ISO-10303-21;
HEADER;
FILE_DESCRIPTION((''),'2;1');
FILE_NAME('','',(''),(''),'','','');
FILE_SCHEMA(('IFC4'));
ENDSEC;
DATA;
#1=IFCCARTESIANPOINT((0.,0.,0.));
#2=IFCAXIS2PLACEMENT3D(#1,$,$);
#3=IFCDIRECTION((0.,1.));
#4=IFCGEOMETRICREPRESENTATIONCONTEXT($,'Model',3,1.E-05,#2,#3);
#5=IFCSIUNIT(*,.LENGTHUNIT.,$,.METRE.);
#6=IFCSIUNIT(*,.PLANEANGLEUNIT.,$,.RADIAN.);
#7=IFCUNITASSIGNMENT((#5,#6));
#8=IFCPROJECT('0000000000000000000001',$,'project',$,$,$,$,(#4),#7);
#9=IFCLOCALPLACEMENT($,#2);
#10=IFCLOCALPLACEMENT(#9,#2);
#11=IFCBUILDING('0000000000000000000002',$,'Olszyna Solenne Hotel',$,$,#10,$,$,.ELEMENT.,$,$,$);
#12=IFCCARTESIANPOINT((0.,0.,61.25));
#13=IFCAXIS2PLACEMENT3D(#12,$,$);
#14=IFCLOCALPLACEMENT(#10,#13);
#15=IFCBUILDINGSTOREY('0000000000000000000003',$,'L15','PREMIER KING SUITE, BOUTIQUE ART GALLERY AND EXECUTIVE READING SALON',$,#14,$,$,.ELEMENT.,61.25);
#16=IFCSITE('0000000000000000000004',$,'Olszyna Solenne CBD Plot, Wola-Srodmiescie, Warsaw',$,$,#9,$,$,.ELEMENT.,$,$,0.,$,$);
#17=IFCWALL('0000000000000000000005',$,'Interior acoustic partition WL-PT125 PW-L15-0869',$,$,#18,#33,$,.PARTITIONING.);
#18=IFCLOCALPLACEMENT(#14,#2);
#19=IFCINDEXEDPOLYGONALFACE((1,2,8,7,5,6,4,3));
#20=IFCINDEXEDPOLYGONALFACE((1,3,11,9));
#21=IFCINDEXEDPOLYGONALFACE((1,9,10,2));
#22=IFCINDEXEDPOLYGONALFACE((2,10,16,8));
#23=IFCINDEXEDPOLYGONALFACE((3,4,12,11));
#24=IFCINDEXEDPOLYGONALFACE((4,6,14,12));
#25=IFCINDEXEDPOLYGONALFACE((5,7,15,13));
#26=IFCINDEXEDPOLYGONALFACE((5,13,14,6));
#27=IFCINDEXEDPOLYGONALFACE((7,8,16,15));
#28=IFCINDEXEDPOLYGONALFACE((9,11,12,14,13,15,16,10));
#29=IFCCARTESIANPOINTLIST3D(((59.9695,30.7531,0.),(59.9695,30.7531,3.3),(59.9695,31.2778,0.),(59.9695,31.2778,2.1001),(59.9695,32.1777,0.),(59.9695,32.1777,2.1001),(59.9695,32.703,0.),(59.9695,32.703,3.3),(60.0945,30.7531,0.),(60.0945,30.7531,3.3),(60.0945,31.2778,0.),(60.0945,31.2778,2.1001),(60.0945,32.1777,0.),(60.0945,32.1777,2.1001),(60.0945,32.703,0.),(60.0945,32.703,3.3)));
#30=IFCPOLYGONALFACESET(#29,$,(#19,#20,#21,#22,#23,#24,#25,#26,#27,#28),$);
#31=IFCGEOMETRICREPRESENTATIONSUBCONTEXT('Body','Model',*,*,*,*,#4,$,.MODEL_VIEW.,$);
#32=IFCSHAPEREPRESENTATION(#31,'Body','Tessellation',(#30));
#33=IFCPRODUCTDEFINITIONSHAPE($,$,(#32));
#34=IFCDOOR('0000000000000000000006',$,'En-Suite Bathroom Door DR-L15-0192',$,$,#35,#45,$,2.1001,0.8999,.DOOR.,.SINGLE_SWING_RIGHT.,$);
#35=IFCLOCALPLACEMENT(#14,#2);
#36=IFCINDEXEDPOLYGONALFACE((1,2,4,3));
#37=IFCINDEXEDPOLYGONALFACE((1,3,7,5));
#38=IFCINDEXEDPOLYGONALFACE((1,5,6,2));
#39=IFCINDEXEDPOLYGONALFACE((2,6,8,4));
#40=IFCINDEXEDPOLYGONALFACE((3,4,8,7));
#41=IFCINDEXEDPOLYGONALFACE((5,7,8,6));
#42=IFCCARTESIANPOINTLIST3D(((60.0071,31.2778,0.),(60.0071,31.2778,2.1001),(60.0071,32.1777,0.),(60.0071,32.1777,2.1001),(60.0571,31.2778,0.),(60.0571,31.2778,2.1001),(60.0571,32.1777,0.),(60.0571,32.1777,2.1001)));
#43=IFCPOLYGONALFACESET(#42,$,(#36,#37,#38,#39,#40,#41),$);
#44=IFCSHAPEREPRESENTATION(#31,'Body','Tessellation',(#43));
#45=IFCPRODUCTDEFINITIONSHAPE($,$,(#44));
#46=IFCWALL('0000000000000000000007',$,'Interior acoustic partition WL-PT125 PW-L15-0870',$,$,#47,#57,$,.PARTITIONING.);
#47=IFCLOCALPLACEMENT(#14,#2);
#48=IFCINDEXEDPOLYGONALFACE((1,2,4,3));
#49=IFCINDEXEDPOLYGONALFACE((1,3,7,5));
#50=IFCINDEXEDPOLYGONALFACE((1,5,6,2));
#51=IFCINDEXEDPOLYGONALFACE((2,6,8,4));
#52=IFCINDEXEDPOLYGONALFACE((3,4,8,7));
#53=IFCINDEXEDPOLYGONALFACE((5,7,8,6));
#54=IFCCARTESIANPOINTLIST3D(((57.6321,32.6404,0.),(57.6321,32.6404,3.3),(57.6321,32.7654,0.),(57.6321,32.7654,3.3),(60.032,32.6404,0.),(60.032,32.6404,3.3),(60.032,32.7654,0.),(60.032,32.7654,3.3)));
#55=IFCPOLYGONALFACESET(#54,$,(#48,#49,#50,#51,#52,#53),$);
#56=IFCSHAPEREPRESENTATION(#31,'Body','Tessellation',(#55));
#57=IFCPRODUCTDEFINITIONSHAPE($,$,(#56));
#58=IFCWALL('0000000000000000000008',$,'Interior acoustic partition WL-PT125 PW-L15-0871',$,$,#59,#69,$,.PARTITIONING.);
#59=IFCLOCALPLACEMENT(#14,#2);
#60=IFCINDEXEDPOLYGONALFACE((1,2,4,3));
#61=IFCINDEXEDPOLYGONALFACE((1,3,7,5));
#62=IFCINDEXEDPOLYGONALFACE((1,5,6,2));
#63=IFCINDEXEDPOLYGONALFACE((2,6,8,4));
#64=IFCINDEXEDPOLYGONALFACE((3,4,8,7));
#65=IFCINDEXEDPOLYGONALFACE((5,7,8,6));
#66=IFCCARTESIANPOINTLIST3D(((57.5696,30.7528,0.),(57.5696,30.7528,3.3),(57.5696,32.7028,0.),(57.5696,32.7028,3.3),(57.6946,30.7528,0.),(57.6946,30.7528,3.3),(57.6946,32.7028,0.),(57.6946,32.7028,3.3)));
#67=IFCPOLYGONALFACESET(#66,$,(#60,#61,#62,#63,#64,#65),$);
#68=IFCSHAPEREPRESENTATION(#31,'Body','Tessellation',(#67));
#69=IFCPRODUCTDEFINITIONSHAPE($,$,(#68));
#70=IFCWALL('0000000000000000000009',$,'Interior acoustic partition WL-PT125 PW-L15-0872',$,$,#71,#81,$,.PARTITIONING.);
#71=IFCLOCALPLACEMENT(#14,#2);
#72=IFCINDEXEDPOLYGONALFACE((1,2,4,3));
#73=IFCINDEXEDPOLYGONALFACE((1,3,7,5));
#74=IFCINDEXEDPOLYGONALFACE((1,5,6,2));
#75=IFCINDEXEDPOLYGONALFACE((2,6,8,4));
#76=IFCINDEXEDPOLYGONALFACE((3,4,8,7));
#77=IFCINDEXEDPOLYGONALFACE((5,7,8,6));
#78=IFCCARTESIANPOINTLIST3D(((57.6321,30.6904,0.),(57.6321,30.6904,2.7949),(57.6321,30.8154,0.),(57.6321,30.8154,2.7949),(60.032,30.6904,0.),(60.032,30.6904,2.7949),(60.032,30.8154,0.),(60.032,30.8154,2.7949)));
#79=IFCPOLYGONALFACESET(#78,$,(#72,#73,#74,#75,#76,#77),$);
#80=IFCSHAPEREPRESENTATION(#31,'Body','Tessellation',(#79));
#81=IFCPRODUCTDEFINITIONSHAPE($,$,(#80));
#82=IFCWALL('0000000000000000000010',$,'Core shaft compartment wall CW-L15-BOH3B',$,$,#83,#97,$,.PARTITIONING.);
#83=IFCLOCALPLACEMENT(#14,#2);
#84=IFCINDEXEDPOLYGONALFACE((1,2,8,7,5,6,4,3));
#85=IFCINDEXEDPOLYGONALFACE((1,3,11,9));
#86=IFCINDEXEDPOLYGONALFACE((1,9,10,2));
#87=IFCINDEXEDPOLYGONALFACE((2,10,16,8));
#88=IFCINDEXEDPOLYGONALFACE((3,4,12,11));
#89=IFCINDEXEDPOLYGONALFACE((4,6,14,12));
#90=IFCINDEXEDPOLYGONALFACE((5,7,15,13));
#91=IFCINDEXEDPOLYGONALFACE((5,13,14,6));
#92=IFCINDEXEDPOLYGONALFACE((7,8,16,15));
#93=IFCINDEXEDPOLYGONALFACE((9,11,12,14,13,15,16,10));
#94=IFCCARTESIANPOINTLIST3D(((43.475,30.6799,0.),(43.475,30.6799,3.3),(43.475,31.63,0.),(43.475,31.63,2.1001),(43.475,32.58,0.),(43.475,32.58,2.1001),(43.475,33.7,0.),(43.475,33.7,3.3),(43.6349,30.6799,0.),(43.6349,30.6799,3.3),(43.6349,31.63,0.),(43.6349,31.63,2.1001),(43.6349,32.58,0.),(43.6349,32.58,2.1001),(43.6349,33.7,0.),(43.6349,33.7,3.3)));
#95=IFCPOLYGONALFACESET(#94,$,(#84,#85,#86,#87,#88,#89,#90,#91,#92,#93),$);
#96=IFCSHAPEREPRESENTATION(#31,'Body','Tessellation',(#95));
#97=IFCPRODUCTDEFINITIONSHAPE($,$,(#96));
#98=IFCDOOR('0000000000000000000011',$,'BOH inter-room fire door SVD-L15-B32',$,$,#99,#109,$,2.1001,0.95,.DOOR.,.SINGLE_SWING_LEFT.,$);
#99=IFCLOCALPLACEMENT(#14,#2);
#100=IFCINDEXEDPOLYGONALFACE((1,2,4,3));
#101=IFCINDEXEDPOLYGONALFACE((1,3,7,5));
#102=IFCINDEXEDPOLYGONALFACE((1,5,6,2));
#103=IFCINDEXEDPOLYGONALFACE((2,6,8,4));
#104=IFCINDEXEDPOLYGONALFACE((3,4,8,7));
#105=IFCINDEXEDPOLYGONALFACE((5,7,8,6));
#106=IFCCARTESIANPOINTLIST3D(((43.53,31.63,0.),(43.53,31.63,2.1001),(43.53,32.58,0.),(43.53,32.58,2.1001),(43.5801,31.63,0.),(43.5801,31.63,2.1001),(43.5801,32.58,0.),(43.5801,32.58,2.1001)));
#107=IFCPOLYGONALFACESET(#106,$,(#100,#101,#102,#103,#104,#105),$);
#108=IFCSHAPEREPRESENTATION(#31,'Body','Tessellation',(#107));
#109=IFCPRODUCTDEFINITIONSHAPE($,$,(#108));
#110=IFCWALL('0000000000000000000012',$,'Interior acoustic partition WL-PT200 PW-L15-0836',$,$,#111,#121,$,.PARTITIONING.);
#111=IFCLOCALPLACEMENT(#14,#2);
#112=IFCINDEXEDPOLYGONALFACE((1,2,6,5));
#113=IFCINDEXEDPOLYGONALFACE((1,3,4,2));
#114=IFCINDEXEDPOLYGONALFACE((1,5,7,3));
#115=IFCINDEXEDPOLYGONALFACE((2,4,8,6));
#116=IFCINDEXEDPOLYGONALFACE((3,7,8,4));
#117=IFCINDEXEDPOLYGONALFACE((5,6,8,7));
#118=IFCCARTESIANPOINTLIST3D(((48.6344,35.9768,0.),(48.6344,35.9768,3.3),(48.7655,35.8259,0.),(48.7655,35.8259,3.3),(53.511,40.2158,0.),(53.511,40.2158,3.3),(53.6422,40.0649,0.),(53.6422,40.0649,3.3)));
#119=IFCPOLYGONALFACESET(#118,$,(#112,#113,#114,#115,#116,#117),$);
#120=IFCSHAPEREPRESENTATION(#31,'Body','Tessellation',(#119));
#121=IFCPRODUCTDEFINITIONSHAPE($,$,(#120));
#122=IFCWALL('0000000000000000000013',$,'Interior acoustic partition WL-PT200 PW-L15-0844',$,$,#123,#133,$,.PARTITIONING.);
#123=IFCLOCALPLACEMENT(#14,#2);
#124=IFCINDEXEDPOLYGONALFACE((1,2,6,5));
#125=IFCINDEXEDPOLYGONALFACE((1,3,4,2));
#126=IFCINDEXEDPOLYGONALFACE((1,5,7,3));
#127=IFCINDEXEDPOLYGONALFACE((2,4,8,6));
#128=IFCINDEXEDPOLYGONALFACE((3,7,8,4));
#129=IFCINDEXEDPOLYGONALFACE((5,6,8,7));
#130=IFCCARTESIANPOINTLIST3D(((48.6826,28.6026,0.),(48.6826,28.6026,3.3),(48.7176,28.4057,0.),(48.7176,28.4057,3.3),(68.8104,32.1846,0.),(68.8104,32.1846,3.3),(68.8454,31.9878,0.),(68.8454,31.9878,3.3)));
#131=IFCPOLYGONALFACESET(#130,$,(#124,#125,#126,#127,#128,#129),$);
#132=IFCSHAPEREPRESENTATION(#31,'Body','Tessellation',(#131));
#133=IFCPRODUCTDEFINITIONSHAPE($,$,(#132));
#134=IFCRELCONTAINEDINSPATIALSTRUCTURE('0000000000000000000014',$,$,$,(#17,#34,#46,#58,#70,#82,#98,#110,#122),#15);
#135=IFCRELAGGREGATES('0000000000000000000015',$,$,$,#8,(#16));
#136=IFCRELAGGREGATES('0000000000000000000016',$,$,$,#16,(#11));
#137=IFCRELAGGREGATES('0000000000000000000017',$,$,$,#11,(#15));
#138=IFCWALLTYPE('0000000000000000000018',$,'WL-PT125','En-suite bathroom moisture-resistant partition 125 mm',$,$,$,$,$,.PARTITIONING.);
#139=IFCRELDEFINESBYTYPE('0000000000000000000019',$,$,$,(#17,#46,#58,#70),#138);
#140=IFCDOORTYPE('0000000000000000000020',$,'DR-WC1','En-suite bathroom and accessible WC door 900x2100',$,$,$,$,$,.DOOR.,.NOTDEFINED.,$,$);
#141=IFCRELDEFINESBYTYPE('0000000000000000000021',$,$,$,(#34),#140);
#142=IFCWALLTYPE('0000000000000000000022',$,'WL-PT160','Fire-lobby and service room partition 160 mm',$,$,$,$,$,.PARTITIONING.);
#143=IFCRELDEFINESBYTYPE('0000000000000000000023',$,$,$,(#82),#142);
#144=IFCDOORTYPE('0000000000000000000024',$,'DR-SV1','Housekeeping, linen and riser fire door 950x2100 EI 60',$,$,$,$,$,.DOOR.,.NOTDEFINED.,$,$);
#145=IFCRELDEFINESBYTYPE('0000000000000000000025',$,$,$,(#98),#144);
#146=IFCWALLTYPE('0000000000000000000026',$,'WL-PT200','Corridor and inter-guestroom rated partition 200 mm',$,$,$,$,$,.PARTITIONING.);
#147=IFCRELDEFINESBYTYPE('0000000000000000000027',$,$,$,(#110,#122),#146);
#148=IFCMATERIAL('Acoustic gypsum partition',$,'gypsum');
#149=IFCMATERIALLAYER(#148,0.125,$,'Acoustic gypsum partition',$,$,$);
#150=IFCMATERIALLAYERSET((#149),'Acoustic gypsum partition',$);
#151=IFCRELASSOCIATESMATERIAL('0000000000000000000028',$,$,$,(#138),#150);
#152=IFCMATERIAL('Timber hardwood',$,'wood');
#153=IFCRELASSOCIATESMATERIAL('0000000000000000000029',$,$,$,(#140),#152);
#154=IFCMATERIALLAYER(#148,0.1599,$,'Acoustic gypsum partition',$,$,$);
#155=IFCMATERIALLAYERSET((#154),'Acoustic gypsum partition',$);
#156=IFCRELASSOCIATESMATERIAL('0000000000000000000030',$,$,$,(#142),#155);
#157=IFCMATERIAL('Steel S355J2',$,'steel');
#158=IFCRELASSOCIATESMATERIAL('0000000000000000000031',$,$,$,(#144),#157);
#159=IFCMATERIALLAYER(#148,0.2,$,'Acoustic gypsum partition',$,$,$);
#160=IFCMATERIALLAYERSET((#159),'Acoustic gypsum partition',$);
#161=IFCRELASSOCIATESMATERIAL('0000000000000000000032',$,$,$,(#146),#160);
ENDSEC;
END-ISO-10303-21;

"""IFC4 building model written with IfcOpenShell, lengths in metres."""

from ifc_helpers import new_model, si_unit, direction, frame, frame_2d, origin, place, context, subcontext, project, spatial, rectangle, extrude, source, transform, mapped, material, layer, layer_set, type_object, type_shapes, element, fill, save


model = new_model("IFC4")

# Units and contexts
model_context = context("Model", 3, precision=1e-05, world=origin(), true_north=direction((0.0, 1.0)))
body_context = subcontext(model_context, "Body", "Model", "MODEL_VIEW")
ifc_project = project(units=[si_unit("LENGTHUNIT", "METRE"), si_unit("PLANEANGLEUNIT", "RADIAN")], contexts=[model_context])

# Site, building, storey
site_placement = place(None, origin())
site = spatial("IfcSite", under=ifc_project, at=site_placement, Name="Olszyna Solenne CBD Plot, Wola-Srodmiescie, Warsaw", CompositionType="ELEMENT", RefElevation=0.0)
building_placement = place(site_placement, origin())
building = spatial("IfcBuilding", under=site, at=building_placement, Name="Olszyna Solenne Hotel", CompositionType="ELEMENT")
storey_placement = place(building_placement, frame((0.0, 0.0, 61.25)))
storey = spatial("IfcBuildingStorey", under=building, at=storey_placement, Name="L15", Description="PREMIER KING SUITE, BOUTIQUE ART GALLERY AND EXECUTIVE READING SALON", CompositionType="ELEMENT", Elevation=61.25)

# Shared definitions
ifc_material_1 = material(Name="Steel S355J2", Category="steel")

# Shared definitions
ifc_material_2 = material(Name="Timber hardwood", Category="wood")

# Wall, opening, door
ifc_material_3 = material(Name="Acoustic gypsum partition", Category="gypsum")
ifc_layer_1 = layer(ifc_material_3, 0.125, Name="Acoustic gypsum partition")
ifc_layer_set_1 = layer_set([ifc_layer_1], Name="Acoustic gypsum partition")
wall_type_1 = type_object("IfcWallType", Name="WL-PT125", Description="En-suite bathroom moisture-resistant partition 125 mm", PredefinedType="PARTITIONING", material=ifc_layer_set_1)
wall_1_placement = place(storey_placement, frame((60.032, 30.7529, 0.0), z_axis=(0.0, 0.0, 1.0), x_axis=(0.0, 1.0, 0.0)))
wall_1 = element("IfcWall", 1, at=wall_1_placement, inside=storey, type_object=wall_type_1, Name="Interior acoustic partition WL-PT125 PW-L15-0869", PredefinedType="PARTITIONING", context=body_context, shape_type="SweptSolid", body=[
    extrude(rectangle(XDim=1.95, YDim=0.125, at=frame_2d((0.9751, 0.0))), origin(), (0.0, 0.0, 1.0), 3.3),
])
opening_1_placement = place(wall_1_placement, frame((0.5249, 0.0, 0.0)))
opening_1 = element("IfcOpeningElement", 2, at=opening_1_placement, cuts=wall_1, PredefinedType="OPENING", context=body_context, shape_type="SweptSolid", body=[
    extrude(rectangle(XDim=0.8999, YDim=2.1001, at=frame_2d((0.45, 1.05))), frame((0.0, 0.0725, 0.0), z_axis=(0.0, -1.0, 0.0), x_axis=(1.0, 0.0, 0.0)), (0.0, 0.0, 1.0), 0.145),
])
door_type_1 = type_object("IfcDoorType", Name="DR-WC1", Description="En-suite bathroom and accessible WC door 900x2100", OperationType="NOTDEFINED", PredefinedType="DOOR", material=ifc_material_2)
shared_shape_1 = source(origin(), body_context, "Body", "SweptSolid", [
    extrude(rectangle(XDim=0.8999, YDim=2.1001, at=frame_2d((0.45, 1.05))), frame((0.0, 0.0249, 0.0), z_axis=(0.0, -1.0, 0.0), x_axis=(1.0, 0.0, 0.0)), (0.0, 0.0, 1.0), 0.05),
])
type_shapes(door_type_1, [shared_shape_1])
door_1_placement = place(opening_1_placement, origin())
door_1 = element("IfcDoor", 3, at=door_1_placement, inside=storey, type_object=door_type_1, Name="En-Suite Bathroom Door DR-L15-0192", OperationType="SINGLE_SWING_RIGHT", OverallHeight=2.1001, OverallWidth=0.8999, PredefinedType="DOOR", context=body_context, shape_type="MappedRepresentation", body=[
    mapped(shared_shape_1, transform((0.0, 0.0, 0.0), x_axis=(1.0, 0.0, 0.0), y_axis=(0.0, 1.0, 0.0), z_axis=(0.0, 0.0, 1.0), scale=1.0)),
])
fill(opening_1, door_1)

# Walls
wall_2_placement = place(storey_placement, frame((60.032, 32.7029, 0.0), z_axis=(0.0, 0.0, 1.0), x_axis=(-1.0, 0.0, 0.0)))
element("IfcWall", 4, at=wall_2_placement, inside=storey, type_object=wall_type_1, Name="Interior acoustic partition WL-PT125 PW-L15-0870", PredefinedType="PARTITIONING", context=body_context, shape_type="SweptSolid", body=[
    extrude(rectangle(XDim=2.3999, YDim=0.125, at=frame_2d((1.2, 0.0))), origin(), (0.0, 0.0, 1.0), 3.3),
])
wall_3_placement = place(storey_placement, frame((57.6321, 32.7029, 0.0), z_axis=(0.0, 0.0, 1.0), x_axis=(0.0, -1.0, 0.0)))
element("IfcWall", 5, at=wall_3_placement, inside=storey, type_object=wall_type_1, Name="Interior acoustic partition WL-PT125 PW-L15-0871", PredefinedType="PARTITIONING", context=body_context, shape_type="SweptSolid", body=[
    extrude(rectangle(XDim=1.95, YDim=0.125, at=frame_2d((0.9751, 0.0))), origin(), (0.0, 0.0, 1.0), 3.3),
])
wall_4_placement = place(storey_placement, frame((57.6321, 30.7529, 0.0), z_axis=(0.0, 0.0, 1.0), x_axis=(1.0, 0.0, 0.0)))
element("IfcWall", 6, at=wall_4_placement, inside=storey, type_object=wall_type_1, Name="Interior acoustic partition WL-PT125 PW-L15-0872", PredefinedType="PARTITIONING", context=body_context, shape_type="SweptSolid", body=[
    extrude(rectangle(XDim=2.3999, YDim=0.125, at=frame_2d((1.2, 0.0))), origin(), (0.0, 0.0, 1.0), 2.7949),
])

# Wall, opening, door
ifc_layer_2 = layer(ifc_material_3, 0.1599, Name="Acoustic gypsum partition")
ifc_layer_set_2 = layer_set([ifc_layer_2], Name="Acoustic gypsum partition")
wall_type_2 = type_object("IfcWallType", Name="WL-PT160", Description="Fire-lobby and service room partition 160 mm", PredefinedType="PARTITIONING", material=ifc_layer_set_2)
wall_5_placement = place(storey_placement, frame((43.5549, 30.6799, 0.0), z_axis=(0.0, 0.0, 1.0), x_axis=(0.0, 1.0, 0.0)))
wall_5 = element("IfcWall", 7, at=wall_5_placement, inside=storey, type_object=wall_type_2, Name="Core shaft compartment wall CW-L15-BOH3B", PredefinedType="PARTITIONING", context=body_context, shape_type="SweptSolid", body=[
    extrude(rectangle(XDim=3.02, YDim=0.1599, at=frame_2d((1.51, 0.0))), origin(), (0.0, 0.0, 1.0), 3.3),
])
opening_2_placement = place(wall_5_placement, frame((0.95, 0.0, 0.0)))
opening_2 = element("IfcOpeningElement", 8, at=opening_2_placement, cuts=wall_5, PredefinedType="OPENING", context=body_context, shape_type="SweptSolid", body=[
    extrude(rectangle(XDim=0.95, YDim=2.1001, at=frame_2d((0.4751, 1.05))), frame((0.0, 0.0898, 0.0), z_axis=(0.0, -1.0, 0.0), x_axis=(1.0, 0.0, 0.0)), (0.0, 0.0, 1.0), 0.1799),
])
door_type_2 = type_object("IfcDoorType", Name="DR-SV1", Description="Housekeeping, linen and riser fire door 950x2100 EI 60", OperationType="NOTDEFINED", PredefinedType="DOOR", material=ifc_material_1)
shared_shape_2 = source(origin(), body_context, "Body", "SweptSolid", [
    extrude(rectangle(XDim=0.95, YDim=2.1001, at=frame_2d((0.4751, 1.05))), frame((0.0, 0.0249, 0.0), z_axis=(0.0, -1.0, 0.0), x_axis=(1.0, 0.0, 0.0)), (0.0, 0.0, 1.0), 0.05),
])
type_shapes(door_type_2, [shared_shape_2])
door_2_placement = place(opening_2_placement, origin())
door_2 = element("IfcDoor", 9, at=door_2_placement, inside=storey, type_object=door_type_2, Name="BOH inter-room fire door SVD-L15-B32", OperationType="SINGLE_SWING_LEFT", OverallHeight=2.1001, OverallWidth=0.95, PredefinedType="DOOR", context=body_context, shape_type="MappedRepresentation", body=[
    mapped(shared_shape_2, transform((0.0, 0.0, 0.0), x_axis=(1.0, 0.0, 0.0), y_axis=(0.0, 1.0, 0.0), z_axis=(0.0, 0.0, 1.0), scale=1.0)),
])
fill(opening_2, door_2)

# Walls
ifc_layer_3 = layer(ifc_material_3, 0.2, Name="Acoustic gypsum partition")
ifc_layer_set_3 = layer_set([ifc_layer_3], Name="Acoustic gypsum partition")
wall_type_3 = type_object("IfcWallType", Name="WL-PT200", Description="Corridor and inter-guestroom rated partition 200 mm", PredefinedType="PARTITIONING", material=ifc_layer_set_3)
wall_6_placement = place(storey_placement, frame((48.7, 35.9014, 0.0), z_axis=(0.0, 0.0, 1.0), x_axis=(0.754728, 0.656037, 0.0)))
element("IfcWall", 10, at=wall_6_placement, inside=storey, type_object=wall_type_3, Name="Interior acoustic partition WL-PT200 PW-L15-0836", PredefinedType="PARTITIONING", context=body_context, shape_type="SweptSolid", body=[
    extrude(rectangle(XDim=6.4614, YDim=0.2, at=frame_2d((3.2307, 0.0))), origin(), (0.0, 0.0, 1.0), 3.3),
])
wall_7_placement = place(storey_placement, frame((48.7, 28.5042, 0.0), z_axis=(0.0, 0.0, 1.0), x_axis=(0.984531, 0.17521, 0.0)))
element("IfcWall", 11, at=wall_7_placement, inside=storey, type_object=wall_type_3, Name="Interior acoustic partition WL-PT200 PW-L15-0844", PredefinedType="PARTITIONING", context=body_context, shape_type="SweptSolid", body=[
    extrude(rectangle(XDim=20.4441, YDim=0.2, at=frame_2d((10.2222, 0.0))), origin(), (0.0, 0.0, 1.0), 3.3),
])

save(model, "model.ifc")
